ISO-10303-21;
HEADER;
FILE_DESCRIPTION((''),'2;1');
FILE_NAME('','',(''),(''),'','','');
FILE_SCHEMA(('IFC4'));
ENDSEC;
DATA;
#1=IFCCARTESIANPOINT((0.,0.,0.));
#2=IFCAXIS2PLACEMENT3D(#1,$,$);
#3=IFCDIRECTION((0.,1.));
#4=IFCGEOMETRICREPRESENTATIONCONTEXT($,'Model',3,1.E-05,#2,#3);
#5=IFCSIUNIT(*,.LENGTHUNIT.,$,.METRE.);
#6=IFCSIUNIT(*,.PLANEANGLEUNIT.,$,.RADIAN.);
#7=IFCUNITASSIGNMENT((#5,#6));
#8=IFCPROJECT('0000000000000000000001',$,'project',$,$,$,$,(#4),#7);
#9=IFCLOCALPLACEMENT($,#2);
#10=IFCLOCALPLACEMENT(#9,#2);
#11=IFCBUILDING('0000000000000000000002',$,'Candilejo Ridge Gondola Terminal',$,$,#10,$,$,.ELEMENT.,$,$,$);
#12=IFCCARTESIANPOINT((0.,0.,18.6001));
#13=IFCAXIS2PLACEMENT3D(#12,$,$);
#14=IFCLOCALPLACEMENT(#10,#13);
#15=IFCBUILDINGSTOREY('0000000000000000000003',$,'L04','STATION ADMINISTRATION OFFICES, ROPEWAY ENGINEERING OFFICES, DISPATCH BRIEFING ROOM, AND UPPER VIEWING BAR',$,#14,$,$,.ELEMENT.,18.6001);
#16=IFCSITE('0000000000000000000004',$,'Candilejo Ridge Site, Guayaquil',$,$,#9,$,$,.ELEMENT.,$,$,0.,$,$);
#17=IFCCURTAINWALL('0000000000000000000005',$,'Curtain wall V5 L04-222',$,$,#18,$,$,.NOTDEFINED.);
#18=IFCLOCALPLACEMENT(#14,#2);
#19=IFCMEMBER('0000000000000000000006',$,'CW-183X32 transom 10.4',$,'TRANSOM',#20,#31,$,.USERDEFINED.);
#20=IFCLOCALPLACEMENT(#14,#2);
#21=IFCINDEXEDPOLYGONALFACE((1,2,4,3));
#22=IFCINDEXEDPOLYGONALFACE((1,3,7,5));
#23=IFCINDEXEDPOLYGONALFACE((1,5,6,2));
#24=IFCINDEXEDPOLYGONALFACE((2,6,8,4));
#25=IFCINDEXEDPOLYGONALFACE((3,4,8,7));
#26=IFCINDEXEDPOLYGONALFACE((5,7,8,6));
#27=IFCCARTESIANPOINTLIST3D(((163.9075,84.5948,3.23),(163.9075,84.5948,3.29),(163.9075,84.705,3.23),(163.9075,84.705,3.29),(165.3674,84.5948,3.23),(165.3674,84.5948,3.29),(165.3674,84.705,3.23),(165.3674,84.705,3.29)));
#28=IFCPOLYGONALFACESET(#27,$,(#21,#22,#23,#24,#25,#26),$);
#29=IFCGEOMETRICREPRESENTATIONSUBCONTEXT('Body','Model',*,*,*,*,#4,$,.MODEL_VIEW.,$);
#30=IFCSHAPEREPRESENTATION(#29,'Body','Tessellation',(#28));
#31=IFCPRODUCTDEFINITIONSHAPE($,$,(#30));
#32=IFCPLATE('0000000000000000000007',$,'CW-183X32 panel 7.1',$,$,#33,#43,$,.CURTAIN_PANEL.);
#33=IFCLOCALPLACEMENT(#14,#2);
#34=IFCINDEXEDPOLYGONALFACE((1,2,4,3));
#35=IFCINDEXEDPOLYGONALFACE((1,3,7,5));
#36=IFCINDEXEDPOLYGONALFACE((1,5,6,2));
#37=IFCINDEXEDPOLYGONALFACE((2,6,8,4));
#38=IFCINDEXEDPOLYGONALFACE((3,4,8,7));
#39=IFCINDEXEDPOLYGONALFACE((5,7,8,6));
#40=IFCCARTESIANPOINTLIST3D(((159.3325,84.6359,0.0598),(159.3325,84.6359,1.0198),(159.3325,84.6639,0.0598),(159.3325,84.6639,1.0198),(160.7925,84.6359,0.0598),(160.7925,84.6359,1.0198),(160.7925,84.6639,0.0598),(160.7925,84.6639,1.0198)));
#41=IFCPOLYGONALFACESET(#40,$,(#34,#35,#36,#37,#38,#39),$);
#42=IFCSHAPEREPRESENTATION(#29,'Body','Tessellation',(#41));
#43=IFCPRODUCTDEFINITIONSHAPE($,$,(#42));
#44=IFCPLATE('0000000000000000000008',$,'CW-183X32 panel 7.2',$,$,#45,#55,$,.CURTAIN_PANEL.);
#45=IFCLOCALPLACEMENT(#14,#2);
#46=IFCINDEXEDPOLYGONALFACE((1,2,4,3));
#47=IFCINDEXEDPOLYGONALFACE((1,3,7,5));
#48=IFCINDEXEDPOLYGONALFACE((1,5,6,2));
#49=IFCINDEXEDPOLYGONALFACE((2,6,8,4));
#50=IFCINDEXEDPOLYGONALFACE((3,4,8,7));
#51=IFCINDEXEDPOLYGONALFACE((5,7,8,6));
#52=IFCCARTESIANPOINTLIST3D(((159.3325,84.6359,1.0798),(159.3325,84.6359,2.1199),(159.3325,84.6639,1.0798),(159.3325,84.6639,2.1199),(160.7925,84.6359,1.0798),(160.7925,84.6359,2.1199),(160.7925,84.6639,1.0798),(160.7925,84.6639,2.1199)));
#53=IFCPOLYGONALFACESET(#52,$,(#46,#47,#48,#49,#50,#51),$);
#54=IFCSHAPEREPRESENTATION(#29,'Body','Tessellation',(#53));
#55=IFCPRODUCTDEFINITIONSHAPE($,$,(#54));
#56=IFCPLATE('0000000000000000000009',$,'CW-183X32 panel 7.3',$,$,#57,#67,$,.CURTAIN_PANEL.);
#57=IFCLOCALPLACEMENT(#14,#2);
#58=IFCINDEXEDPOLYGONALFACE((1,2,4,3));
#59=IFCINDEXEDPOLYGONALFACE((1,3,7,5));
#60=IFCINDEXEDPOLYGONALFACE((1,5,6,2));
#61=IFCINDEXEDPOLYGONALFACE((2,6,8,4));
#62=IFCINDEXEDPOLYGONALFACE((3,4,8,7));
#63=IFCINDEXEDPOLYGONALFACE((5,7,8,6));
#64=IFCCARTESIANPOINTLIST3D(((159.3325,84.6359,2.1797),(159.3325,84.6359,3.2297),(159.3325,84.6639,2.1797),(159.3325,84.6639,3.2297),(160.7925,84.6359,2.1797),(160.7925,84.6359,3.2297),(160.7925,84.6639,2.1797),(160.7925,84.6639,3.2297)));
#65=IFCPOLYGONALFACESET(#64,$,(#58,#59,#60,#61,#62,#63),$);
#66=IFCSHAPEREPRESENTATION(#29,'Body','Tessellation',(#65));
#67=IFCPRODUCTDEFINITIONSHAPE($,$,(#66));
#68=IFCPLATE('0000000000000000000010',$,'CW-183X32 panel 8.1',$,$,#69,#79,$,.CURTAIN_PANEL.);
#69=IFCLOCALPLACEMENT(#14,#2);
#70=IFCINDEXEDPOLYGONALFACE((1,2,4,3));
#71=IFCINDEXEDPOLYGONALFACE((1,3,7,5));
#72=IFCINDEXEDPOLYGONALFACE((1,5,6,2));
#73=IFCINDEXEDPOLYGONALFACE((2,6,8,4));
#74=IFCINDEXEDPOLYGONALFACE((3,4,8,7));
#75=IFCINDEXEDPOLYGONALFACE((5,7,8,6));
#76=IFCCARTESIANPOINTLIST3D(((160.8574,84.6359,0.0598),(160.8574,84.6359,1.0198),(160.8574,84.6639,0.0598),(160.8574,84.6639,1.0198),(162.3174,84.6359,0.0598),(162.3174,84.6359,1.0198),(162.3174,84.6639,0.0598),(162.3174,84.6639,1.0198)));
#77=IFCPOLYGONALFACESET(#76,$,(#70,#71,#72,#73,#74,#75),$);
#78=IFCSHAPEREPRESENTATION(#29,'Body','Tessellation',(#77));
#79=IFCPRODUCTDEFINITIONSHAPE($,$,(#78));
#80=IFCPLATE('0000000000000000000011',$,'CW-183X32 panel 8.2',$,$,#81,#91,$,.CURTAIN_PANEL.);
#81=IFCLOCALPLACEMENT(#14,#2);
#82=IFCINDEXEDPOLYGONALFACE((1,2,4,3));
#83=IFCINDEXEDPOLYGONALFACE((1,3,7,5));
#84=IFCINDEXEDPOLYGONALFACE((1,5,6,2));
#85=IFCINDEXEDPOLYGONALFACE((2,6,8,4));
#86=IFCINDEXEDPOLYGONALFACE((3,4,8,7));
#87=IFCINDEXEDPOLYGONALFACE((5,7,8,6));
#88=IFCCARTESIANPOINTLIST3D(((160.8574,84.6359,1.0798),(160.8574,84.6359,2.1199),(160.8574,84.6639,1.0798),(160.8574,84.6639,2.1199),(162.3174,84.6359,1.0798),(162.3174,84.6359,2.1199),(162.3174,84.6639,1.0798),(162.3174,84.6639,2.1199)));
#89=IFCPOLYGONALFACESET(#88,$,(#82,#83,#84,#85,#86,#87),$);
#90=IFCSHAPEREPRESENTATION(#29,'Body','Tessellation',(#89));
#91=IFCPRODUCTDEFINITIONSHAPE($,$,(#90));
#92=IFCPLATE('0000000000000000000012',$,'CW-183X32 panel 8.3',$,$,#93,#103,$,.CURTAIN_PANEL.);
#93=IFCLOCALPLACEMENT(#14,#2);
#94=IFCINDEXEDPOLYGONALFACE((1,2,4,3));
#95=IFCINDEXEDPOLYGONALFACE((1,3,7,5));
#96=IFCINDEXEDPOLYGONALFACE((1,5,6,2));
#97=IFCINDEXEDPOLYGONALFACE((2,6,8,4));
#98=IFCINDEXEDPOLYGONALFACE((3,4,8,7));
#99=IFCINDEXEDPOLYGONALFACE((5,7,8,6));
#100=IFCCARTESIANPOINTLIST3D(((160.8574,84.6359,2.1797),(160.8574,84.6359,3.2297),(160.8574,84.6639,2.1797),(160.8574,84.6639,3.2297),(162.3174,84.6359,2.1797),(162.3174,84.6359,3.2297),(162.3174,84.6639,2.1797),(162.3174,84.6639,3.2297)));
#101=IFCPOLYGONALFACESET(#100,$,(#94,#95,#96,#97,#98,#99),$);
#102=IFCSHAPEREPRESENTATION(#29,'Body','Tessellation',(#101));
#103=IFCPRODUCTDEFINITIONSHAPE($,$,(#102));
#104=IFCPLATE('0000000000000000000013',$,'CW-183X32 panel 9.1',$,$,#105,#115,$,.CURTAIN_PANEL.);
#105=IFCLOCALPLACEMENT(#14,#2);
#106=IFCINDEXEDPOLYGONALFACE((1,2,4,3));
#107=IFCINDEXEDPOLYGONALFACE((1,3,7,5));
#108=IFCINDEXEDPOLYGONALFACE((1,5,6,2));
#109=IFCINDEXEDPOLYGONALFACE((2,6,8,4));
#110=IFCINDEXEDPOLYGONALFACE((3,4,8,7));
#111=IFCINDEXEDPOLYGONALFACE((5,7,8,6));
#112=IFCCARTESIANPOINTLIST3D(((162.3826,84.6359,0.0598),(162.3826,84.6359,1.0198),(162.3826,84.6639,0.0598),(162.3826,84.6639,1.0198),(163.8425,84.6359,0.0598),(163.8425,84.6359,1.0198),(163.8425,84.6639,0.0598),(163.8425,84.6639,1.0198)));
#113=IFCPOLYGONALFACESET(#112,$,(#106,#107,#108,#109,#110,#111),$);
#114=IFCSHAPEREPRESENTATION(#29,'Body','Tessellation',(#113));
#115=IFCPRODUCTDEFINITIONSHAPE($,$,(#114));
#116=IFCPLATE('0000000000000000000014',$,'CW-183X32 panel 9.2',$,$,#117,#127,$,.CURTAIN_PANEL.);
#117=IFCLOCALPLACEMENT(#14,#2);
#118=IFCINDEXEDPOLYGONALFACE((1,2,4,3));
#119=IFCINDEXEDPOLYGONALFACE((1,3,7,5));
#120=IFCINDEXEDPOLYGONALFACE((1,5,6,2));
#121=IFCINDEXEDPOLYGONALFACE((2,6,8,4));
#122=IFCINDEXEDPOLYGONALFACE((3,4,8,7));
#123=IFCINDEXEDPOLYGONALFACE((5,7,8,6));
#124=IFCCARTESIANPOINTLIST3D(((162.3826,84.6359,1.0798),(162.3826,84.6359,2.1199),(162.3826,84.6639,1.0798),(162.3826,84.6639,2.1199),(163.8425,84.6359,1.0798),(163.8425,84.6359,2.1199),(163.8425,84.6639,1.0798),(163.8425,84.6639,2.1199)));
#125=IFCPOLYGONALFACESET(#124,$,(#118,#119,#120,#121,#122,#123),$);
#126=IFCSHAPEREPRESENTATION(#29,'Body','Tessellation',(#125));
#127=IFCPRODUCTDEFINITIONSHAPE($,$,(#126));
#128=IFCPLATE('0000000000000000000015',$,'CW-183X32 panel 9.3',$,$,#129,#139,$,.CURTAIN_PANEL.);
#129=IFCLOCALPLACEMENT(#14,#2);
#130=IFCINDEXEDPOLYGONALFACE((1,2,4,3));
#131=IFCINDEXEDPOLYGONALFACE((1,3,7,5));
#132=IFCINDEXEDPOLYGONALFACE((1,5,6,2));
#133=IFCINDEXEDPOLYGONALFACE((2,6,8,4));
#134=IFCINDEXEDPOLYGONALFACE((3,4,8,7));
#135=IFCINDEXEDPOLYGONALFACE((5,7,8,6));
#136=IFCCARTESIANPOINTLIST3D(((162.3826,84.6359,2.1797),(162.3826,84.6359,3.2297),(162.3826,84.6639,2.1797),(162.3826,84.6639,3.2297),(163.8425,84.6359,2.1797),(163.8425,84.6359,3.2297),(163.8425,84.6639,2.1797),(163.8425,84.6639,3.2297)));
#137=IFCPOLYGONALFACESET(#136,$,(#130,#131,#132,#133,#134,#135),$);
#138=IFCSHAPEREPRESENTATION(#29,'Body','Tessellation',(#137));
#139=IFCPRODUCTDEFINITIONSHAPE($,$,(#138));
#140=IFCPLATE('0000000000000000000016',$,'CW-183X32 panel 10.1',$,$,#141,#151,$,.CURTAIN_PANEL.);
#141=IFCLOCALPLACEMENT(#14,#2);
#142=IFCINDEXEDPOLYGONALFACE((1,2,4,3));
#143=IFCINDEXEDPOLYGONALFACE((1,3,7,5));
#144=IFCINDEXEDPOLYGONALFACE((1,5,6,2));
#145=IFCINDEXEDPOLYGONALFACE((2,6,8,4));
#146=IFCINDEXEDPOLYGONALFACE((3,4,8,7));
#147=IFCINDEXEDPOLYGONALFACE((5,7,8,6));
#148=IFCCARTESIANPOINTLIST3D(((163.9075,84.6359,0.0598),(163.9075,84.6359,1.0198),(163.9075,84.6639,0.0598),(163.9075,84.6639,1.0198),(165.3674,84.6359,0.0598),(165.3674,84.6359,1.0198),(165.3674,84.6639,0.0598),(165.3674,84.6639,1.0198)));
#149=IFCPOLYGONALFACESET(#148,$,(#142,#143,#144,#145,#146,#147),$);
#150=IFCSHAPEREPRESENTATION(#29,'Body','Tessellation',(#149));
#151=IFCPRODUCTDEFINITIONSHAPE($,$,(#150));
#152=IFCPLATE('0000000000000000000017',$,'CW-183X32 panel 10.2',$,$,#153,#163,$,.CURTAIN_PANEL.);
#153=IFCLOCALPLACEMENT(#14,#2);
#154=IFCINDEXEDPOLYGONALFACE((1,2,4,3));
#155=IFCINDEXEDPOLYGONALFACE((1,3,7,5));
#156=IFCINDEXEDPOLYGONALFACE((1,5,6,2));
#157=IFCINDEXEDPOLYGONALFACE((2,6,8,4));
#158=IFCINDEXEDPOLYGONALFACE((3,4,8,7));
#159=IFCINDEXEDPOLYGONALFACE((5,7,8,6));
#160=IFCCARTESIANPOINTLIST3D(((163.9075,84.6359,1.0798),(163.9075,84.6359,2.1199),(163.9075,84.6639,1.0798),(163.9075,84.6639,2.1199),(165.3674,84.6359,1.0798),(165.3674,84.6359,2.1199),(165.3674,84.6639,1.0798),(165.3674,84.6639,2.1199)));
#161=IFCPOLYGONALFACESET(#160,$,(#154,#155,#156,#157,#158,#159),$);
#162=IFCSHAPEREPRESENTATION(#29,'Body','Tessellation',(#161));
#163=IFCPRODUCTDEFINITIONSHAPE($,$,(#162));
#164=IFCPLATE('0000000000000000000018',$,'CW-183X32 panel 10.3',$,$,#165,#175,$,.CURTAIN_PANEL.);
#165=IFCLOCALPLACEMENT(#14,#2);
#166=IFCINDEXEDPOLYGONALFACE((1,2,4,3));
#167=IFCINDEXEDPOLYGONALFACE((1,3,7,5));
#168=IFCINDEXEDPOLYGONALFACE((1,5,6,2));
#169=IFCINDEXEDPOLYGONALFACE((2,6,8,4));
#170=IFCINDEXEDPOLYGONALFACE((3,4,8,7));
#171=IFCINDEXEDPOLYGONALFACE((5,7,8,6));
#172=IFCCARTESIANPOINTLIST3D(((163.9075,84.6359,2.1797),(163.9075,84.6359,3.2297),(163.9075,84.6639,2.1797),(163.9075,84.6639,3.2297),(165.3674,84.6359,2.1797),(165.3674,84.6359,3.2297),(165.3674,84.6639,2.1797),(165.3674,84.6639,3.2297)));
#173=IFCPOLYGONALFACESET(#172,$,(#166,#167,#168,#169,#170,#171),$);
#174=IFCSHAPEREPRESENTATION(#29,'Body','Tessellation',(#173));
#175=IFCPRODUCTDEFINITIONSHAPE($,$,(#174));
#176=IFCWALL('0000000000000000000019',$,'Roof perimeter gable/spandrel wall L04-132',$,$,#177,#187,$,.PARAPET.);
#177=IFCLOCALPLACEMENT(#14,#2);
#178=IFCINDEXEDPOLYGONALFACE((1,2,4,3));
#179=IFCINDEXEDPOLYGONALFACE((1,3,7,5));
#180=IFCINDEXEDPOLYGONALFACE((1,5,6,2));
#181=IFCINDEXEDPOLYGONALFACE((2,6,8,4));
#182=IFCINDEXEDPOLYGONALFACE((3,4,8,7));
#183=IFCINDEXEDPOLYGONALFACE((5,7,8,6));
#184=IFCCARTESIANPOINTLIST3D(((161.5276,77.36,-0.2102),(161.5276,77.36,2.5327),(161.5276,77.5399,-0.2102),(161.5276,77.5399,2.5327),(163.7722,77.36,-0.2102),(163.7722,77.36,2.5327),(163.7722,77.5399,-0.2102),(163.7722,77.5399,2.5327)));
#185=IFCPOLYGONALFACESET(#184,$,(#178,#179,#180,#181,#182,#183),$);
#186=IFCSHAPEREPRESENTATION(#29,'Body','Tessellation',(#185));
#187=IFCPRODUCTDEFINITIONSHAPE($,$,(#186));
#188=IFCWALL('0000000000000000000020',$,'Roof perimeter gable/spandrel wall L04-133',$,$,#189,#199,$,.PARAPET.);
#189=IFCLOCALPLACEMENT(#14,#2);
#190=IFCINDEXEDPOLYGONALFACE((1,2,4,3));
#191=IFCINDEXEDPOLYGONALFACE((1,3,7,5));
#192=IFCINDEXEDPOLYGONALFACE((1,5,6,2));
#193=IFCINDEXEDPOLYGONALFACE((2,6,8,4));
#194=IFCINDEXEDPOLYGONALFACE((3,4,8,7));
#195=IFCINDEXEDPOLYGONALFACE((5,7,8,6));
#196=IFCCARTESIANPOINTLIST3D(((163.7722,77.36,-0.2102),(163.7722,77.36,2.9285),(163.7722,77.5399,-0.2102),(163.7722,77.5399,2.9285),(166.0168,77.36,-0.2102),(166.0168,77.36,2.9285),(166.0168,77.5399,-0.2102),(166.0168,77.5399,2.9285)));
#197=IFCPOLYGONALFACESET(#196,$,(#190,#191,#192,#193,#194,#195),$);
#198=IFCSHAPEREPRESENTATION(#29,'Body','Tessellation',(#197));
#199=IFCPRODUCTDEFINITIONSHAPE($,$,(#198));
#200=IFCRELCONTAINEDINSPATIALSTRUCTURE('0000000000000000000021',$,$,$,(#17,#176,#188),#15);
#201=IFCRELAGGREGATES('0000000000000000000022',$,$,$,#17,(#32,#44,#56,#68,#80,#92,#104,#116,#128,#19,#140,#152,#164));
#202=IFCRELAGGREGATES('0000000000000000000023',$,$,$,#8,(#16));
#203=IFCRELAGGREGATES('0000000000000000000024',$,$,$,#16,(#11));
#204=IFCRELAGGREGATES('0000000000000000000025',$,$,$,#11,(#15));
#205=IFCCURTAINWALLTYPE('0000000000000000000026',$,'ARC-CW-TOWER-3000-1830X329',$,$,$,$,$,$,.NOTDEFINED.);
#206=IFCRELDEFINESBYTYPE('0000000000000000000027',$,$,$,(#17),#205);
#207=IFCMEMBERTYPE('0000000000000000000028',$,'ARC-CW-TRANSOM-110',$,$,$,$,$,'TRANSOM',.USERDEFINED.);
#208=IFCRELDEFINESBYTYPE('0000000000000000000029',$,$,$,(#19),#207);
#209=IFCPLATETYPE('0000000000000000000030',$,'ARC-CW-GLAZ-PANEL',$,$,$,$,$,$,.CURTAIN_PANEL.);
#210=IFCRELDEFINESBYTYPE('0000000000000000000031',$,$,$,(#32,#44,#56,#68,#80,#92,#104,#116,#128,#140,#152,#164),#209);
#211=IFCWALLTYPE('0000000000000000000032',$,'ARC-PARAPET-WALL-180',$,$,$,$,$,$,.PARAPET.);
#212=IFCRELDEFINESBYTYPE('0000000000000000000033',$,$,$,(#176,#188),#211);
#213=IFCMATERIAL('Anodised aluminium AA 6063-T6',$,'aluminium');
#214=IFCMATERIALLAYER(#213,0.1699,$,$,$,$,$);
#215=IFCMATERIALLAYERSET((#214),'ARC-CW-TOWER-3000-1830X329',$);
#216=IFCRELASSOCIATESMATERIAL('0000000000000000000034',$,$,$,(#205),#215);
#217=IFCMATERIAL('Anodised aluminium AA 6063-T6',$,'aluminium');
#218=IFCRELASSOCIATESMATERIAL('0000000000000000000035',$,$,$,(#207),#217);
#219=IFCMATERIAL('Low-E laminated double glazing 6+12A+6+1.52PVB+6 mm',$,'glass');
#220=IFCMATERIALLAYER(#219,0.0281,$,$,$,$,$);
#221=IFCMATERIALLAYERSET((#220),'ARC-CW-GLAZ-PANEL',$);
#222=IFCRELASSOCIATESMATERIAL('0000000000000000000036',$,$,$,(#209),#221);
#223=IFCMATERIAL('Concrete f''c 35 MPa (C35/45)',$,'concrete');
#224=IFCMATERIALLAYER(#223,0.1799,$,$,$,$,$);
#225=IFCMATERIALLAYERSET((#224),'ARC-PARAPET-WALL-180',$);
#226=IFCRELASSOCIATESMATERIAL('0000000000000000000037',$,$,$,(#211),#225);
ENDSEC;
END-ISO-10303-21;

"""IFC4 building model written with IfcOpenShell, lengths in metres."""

from ifc_helpers import new_model, si_unit, direction, frame, frame_2d, origin, origin_2d, place, context, subcontext, project, spatial, rectangle, extrude, material, layer, layer_set, material_profile, profile_set, type_object, element, aggregate, save


model = new_model("IFC4")

# Units and contexts
model_context = context("Model", 3, precision=1e-05, world=origin(), true_north=direction((0.0, 1.0)))
body_context = subcontext(model_context, "Body", "Model", "MODEL_VIEW")
ifc_project = project(units=[si_unit("LENGTHUNIT", "METRE"), si_unit("PLANEANGLEUNIT", "RADIAN")], contexts=[model_context])

# Site, building, storey
site_placement = place(None, origin())
site = spatial("IfcSite", under=ifc_project, at=site_placement, Name="Candilejo Ridge Site, Guayaquil", CompositionType="ELEMENT", RefElevation=0.0)
building_placement = place(site_placement, origin())
building = spatial("IfcBuilding", under=site, at=building_placement, Name="Candilejo Ridge Gondola Terminal", CompositionType="ELEMENT")
storey_placement = place(building_placement, frame((0.0, 0.0, 18.6001)))
storey = spatial("IfcBuildingStorey", under=building, at=storey_placement, Name="L04", Description="STATION ADMINISTRATION OFFICES, ROPEWAY ENGINEERING OFFICES, DISPATCH BRIEFING ROOM, AND UPPER VIEWING BAR", CompositionType="ELEMENT", Elevation=18.6001)

# Curtain wall, member, plates
ifc_material_1 = material(Name="Anodised aluminium AA 6063-T6", Category="aluminium")
ifc_layer_1 = layer(ifc_material_1, 0.1699)
ifc_layer_set_1 = layer_set([ifc_layer_1], Name="ARC-CW-TOWER-3000-1830X329")
curtain_wall_type = type_object("IfcCurtainWallType", Name="ARC-CW-TOWER-3000-1830X329", PredefinedType="NOTDEFINED", material=ifc_layer_set_1)
curtain_wall_placement = place(storey_placement, origin())
curtain_wall = element("IfcCurtainWall", 1, at=curtain_wall_placement, inside=storey, type_object=curtain_wall_type, Name="Curtain wall V5 L04-222", PredefinedType="NOTDEFINED")
ifc_material_2 = material(Name="Anodised aluminium AA 6063-T6", Category="aluminium")
ifc_material_profile_1 = material_profile(ifc_material_2, rectangle(XDim=0.1101, YDim=0.0601, at=origin_2d()))
ifc_profile_set_1 = profile_set([ifc_material_profile_1], Name="Anodised aluminium AA 6063-T6")
member_type_1 = type_object("IfcMemberType", Name="ARC-CW-TRANSOM-110", ElementType="TRANSOM", PredefinedType="USERDEFINED", material=ifc_profile_set_1)
member_1_placement = place(storey_placement, frame((163.9075, 84.6499, 3.26), z_axis=(1.0, 0.0, 0.0), x_axis=(0.0, 1.0, 0.0)))
member_1 = element("IfcMember", 2, at=member_1_placement, type_object=member_type_1, Name="CW-183X32 transom 10.4", ObjectType="TRANSOM", PredefinedType="USERDEFINED", context=body_context, shape_type="SweptSolid", body=[
    extrude(rectangle(XDim=0.1101, YDim=0.0601, at=origin_2d()), origin(), (0.0, 0.0, 1.0), 1.46),
])
ifc_material_3 = material(Name="Low-E laminated double glazing 6+12A+6+1.52PVB+6 mm", Category="glass")
ifc_layer_2 = layer(ifc_material_3, 0.0281)
ifc_layer_set_2 = layer_set([ifc_layer_2], Name="ARC-CW-GLAZ-PANEL")
plate_type = type_object("IfcPlateType", Name="ARC-CW-GLAZ-PANEL", PredefinedType="CURTAIN_PANEL", material=ifc_layer_set_2)
plate_1_placement = place(storey_placement, frame((160.0625, 84.6499, 0.0598), z_axis=(0.0, 0.0, 1.0), x_axis=(1.0, 0.0, 0.0)))
plate_1 = element("IfcPlate", 3, at=plate_1_placement, type_object=plate_type, Name="CW-183X32 panel 7.1", PredefinedType="CURTAIN_PANEL", context=body_context, shape_type="SweptSolid", body=[
    extrude(rectangle(XDim=1.46, YDim=0.0281, at=origin_2d()), origin(), (0.0, 0.0, 1.0), 0.96),
])
plate_2_placement = place(storey_placement, frame((160.0625, 84.6499, 1.0798), z_axis=(0.0, 0.0, 1.0), x_axis=(1.0, 0.0, 0.0)))
plate_2 = element("IfcPlate", 4, at=plate_2_placement, type_object=plate_type, Name="CW-183X32 panel 7.2", PredefinedType="CURTAIN_PANEL", context=body_context, shape_type="SweptSolid", body=[
    extrude(rectangle(XDim=1.46, YDim=0.0281, at=origin_2d()), origin(), (0.0, 0.0, 1.0), 1.04),
])
plate_3_placement = place(storey_placement, frame((160.0625, 84.6499, 2.1797), z_axis=(0.0, 0.0, 1.0), x_axis=(1.0, 0.0, 0.0)))
plate_3 = element("IfcPlate", 5, at=plate_3_placement, type_object=plate_type, Name="CW-183X32 panel 7.3", PredefinedType="CURTAIN_PANEL", context=body_context, shape_type="SweptSolid", body=[
    extrude(rectangle(XDim=1.46, YDim=0.0281, at=origin_2d()), origin(), (0.0, 0.0, 1.0), 1.05),
])
plate_4_placement = place(storey_placement, frame((161.5874, 84.6499, 0.0598), z_axis=(0.0, 0.0, 1.0), x_axis=(1.0, 0.0, 0.0)))
plate_4 = element("IfcPlate", 6, at=plate_4_placement, type_object=plate_type, Name="CW-183X32 panel 8.1", PredefinedType="CURTAIN_PANEL", context=body_context, shape_type="SweptSolid", body=[
    extrude(rectangle(XDim=1.46, YDim=0.0281, at=origin_2d()), origin(), (0.0, 0.0, 1.0), 0.96),
])
plate_5_placement = place(storey_placement, frame((161.5874, 84.6499, 1.0798), z_axis=(0.0, 0.0, 1.0), x_axis=(1.0, 0.0, 0.0)))
plate_5 = element("IfcPlate", 7, at=plate_5_placement, type_object=plate_type, Name="CW-183X32 panel 8.2", PredefinedType="CURTAIN_PANEL", context=body_context, shape_type="SweptSolid", body=[
    extrude(rectangle(XDim=1.46, YDim=0.0281, at=origin_2d()), origin(), (0.0, 0.0, 1.0), 1.04),
])
plate_6_placement = place(storey_placement, frame((161.5874, 84.6499, 2.1797), z_axis=(0.0, 0.0, 1.0), x_axis=(1.0, 0.0, 0.0)))
plate_6 = element("IfcPlate", 8, at=plate_6_placement, type_object=plate_type, Name="CW-183X32 panel 8.3", PredefinedType="CURTAIN_PANEL", context=body_context, shape_type="SweptSolid", body=[
    extrude(rectangle(XDim=1.46, YDim=0.0281, at=origin_2d()), origin(), (0.0, 0.0, 1.0), 1.05),
])
plate_7_placement = place(storey_placement, frame((163.1125, 84.6499, 0.0598), z_axis=(0.0, 0.0, 1.0), x_axis=(1.0, 0.0, 0.0)))
plate_7 = element("IfcPlate", 9, at=plate_7_placement, type_object=plate_type, Name="CW-183X32 panel 9.1", PredefinedType="CURTAIN_PANEL", context=body_context, shape_type="SweptSolid", body=[
    extrude(rectangle(XDim=1.46, YDim=0.0281, at=origin_2d()), origin(), (0.0, 0.0, 1.0), 0.96),
])
plate_8_placement = place(storey_placement, frame((163.1125, 84.6499, 1.0798), z_axis=(0.0, 0.0, 1.0), x_axis=(1.0, 0.0, 0.0)))
plate_8 = element("IfcPlate", 10, at=plate_8_placement, type_object=plate_type, Name="CW-183X32 panel 9.2", PredefinedType="CURTAIN_PANEL", context=body_context, shape_type="SweptSolid", body=[
    extrude(rectangle(XDim=1.46, YDim=0.0281, at=origin_2d()), origin(), (0.0, 0.0, 1.0), 1.04),
])
plate_9_placement = place(storey_placement, frame((163.1125, 84.6499, 2.1797), z_axis=(0.0, 0.0, 1.0), x_axis=(1.0, 0.0, 0.0)))
plate_9 = element("IfcPlate", 11, at=plate_9_placement, type_object=plate_type, Name="CW-183X32 panel 9.3", PredefinedType="CURTAIN_PANEL", context=body_context, shape_type="SweptSolid", body=[
    extrude(rectangle(XDim=1.46, YDim=0.0281, at=origin_2d()), origin(), (0.0, 0.0, 1.0), 1.05),
])
plate_10_placement = place(storey_placement, frame((164.6375, 84.6499, 0.0598), z_axis=(0.0, 0.0, 1.0), x_axis=(1.0, 0.0, 0.0)))
plate_10 = element("IfcPlate", 12, at=plate_10_placement, type_object=plate_type, Name="CW-183X32 panel 10.1", PredefinedType="CURTAIN_PANEL", context=body_context, shape_type="SweptSolid", body=[
    extrude(rectangle(XDim=1.46, YDim=0.0281, at=origin_2d()), origin(), (0.0, 0.0, 1.0), 0.96),
])
plate_11_placement = place(storey_placement, frame((164.6375, 84.6499, 1.0798), z_axis=(0.0, 0.0, 1.0), x_axis=(1.0, 0.0, 0.0)))
plate_11 = element("IfcPlate", 13, at=plate_11_placement, type_object=plate_type, Name="CW-183X32 panel 10.2", PredefinedType="CURTAIN_PANEL", context=body_context, shape_type="SweptSolid", body=[
    extrude(rectangle(XDim=1.46, YDim=0.0281, at=origin_2d()), origin(), (0.0, 0.0, 1.0), 1.04),
])
plate_12_placement = place(storey_placement, frame((164.6375, 84.6499, 2.1797), z_axis=(0.0, 0.0, 1.0), x_axis=(1.0, 0.0, 0.0)))
plate_12 = element("IfcPlate", 14, at=plate_12_placement, type_object=plate_type, Name="CW-183X32 panel 10.3", PredefinedType="CURTAIN_PANEL", context=body_context, shape_type="SweptSolid", body=[
    extrude(rectangle(XDim=1.46, YDim=0.0281, at=origin_2d()), origin(), (0.0, 0.0, 1.0), 1.05),
])
aggregate(curtain_wall, [plate_1, plate_2, plate_3, plate_4, plate_5, plate_6, plate_7, plate_8, plate_9, member_1, plate_10, plate_11, plate_12])

# Walls
ifc_material_4 = material(Name="Concrete f'c 35 MPa (C35/45)", Category="concrete")
ifc_layer_3 = layer(ifc_material_4, 0.1799)
ifc_layer_set_3 = layer_set([ifc_layer_3], Name="ARC-PARAPET-WALL-180")
wall_type = type_object("IfcWallType", Name="ARC-PARAPET-WALL-180", PredefinedType="PARAPET", material=ifc_layer_set_3)
wall_1_placement = place(storey_placement, frame((161.5276, 77.45, -0.2102), z_axis=(0.0, 0.0, 1.0), x_axis=(1.0, 0.0, 0.0)))
element("IfcWall", 15, at=wall_1_placement, inside=storey, type_object=wall_type, Name="Roof perimeter gable/spandrel wall L04-132", PredefinedType="PARAPET", context=body_context, shape_type="SweptSolid", body=[
    extrude(rectangle(XDim=2.2446, YDim=0.1799, at=frame_2d((1.1223, 0.0))), origin(), (0.0, 0.0, 1.0), 2.7429),
])
wall_2_placement = place(storey_placement, frame((163.7722, 77.45, -0.2102), z_axis=(0.0, 0.0, 1.0), x_axis=(1.0, 0.0, 0.0)))
element("IfcWall", 16, at=wall_2_placement, inside=storey, type_object=wall_type, Name="Roof perimeter gable/spandrel wall L04-133", PredefinedType="PARAPET", context=body_context, shape_type="SweptSolid", body=[
    extrude(rectangle(XDim=2.2446, YDim=0.1799, at=frame_2d((1.1223, 0.0))), origin(), (0.0, 0.0, 1.0), 3.1387),
])

save(model, "model.ifc")
